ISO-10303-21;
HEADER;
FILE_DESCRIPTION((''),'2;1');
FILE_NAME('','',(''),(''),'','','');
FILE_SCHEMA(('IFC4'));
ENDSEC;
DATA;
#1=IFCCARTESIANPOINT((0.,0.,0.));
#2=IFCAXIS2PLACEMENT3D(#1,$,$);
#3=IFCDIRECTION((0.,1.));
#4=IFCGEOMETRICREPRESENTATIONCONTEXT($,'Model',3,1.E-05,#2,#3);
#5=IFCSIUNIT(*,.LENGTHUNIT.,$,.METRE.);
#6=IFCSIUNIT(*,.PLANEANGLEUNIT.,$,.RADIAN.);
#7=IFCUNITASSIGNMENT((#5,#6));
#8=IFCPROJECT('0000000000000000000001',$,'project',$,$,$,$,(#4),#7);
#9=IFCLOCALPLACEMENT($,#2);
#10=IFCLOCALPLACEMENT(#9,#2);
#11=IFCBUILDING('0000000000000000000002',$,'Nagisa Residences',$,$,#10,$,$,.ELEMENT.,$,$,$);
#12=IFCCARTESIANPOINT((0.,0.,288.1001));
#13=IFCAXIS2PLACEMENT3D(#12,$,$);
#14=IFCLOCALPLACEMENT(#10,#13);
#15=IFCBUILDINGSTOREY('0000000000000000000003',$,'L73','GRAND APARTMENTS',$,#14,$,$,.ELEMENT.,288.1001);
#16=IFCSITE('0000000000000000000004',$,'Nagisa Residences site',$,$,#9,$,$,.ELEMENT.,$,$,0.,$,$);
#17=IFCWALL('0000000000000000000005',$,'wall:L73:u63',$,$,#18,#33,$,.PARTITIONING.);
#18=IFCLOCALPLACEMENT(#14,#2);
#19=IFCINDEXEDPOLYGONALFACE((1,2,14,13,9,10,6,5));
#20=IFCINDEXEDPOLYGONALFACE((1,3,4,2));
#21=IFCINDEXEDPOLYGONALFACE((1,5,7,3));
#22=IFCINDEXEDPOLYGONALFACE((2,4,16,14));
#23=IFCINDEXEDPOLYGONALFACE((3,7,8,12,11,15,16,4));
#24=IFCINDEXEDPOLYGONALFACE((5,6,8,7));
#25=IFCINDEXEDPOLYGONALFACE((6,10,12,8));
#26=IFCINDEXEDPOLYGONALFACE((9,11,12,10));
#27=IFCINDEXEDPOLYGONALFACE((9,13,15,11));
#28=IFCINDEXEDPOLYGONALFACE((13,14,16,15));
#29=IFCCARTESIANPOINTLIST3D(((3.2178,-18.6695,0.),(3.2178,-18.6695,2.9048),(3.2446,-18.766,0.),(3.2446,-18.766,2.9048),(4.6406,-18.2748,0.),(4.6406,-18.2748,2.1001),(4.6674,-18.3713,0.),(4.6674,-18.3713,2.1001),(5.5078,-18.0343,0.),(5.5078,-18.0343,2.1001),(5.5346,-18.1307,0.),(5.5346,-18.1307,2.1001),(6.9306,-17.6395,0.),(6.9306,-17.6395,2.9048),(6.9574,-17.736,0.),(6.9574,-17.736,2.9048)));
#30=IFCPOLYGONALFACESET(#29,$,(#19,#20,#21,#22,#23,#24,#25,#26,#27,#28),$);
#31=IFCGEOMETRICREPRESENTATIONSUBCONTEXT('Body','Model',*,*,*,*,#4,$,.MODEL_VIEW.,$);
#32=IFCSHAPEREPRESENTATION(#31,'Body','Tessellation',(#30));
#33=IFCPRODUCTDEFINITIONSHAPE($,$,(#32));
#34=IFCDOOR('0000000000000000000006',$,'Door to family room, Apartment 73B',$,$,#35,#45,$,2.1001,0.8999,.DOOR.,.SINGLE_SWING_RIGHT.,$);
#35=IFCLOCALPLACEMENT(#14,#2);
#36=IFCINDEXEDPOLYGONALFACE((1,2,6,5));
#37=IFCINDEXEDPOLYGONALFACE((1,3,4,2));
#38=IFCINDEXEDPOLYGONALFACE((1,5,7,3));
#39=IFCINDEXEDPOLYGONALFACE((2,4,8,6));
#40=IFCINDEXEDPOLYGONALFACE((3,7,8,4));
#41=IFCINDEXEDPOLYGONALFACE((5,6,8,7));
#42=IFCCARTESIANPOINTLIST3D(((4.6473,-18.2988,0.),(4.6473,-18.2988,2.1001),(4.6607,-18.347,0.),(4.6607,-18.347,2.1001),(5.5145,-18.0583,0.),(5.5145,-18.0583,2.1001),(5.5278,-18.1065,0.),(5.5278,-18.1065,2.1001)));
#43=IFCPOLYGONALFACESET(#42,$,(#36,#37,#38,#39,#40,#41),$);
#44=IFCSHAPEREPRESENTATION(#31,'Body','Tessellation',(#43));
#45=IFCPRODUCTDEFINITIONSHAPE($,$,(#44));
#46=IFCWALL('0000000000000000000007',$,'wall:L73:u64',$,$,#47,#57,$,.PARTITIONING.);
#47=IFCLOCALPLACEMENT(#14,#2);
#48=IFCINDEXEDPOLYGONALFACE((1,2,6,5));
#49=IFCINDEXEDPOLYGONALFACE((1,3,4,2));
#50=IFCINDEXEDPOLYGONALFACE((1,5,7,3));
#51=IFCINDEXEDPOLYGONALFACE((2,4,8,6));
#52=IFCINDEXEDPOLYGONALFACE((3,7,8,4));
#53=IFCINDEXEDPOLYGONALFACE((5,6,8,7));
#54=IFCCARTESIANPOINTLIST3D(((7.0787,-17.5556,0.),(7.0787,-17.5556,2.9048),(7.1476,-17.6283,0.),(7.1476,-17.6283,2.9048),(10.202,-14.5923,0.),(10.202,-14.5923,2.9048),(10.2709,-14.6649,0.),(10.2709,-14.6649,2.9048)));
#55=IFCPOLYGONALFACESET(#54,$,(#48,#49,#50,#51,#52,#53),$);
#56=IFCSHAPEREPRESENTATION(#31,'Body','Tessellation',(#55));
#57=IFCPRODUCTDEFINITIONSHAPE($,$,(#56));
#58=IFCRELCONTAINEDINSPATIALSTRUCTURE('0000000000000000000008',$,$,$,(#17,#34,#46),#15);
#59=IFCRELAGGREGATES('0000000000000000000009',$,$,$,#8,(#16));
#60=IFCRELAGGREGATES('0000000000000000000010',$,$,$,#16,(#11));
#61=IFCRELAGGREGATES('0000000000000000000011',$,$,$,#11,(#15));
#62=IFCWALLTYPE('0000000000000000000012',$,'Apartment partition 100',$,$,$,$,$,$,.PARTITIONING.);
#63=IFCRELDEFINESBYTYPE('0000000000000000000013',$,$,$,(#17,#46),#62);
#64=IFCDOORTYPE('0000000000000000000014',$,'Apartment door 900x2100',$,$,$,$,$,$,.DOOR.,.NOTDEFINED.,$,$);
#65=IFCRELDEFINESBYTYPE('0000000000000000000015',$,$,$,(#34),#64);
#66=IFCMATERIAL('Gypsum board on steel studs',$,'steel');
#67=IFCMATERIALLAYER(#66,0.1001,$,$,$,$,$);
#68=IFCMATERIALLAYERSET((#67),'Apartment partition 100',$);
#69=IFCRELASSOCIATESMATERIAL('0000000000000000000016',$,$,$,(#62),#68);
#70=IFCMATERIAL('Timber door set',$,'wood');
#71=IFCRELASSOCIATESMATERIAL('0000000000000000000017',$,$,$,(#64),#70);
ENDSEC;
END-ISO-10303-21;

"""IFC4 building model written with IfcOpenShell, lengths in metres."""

from ifc_helpers import new_model, si_unit, direction, frame, frame_2d, origin, place, context, subcontext, project, spatial, rectangle, extrude, material, layer, layer_set, type_object, element, fill, save


model = new_model("IFC4")

# Units and contexts
model_context = context("Model", 3, precision=1e-05, world=origin(), true_north=direction((0.0, 1.0)))
body_context = subcontext(model_context, "Body", "Model", "MODEL_VIEW")
ifc_project = project(units=[si_unit("LENGTHUNIT", "METRE"), si_unit("PLANEANGLEUNIT", "RADIAN")], contexts=[model_context])

# Site, building, storey
site_placement = place(None, origin())
site = spatial("IfcSite", under=ifc_project, at=site_placement, Name="Nagisa Residences site", CompositionType="ELEMENT", RefElevation=0.0)
building_placement = place(site_placement, origin())
building = spatial("IfcBuilding", under=site, at=building_placement, Name="Nagisa Residences", CompositionType="ELEMENT")
storey_placement = place(building_placement, frame((0.0, 0.0, 288.1001)))
storey = spatial("IfcBuildingStorey", under=building, at=storey_placement, Name="L73", Description="GRAND APARTMENTS", CompositionType="ELEMENT", Elevation=288.1001)

# Wall, opening, door
ifc_material_1 = material(Name="Gypsum board on steel studs", Category="steel")
ifc_layer_1 = layer(ifc_material_1, 0.1001)
ifc_layer_set_1 = layer_set([ifc_layer_1], Name="Apartment partition 100")
wall_type_1 = type_object("IfcWallType", Name="Apartment partition 100", PredefinedType="PARTITIONING", material=ifc_layer_set_1)
ifc_material_2 = material(Name="Timber door set", Category="wood")
door_type_1 = type_object("IfcDoorType", Name="Apartment door 900x2100", OperationType="NOTDEFINED", PredefinedType="DOOR", material=ifc_material_2)
wall_1_placement = place(storey_placement, frame((3.2312, -18.7178, 0.0), z_axis=(0.0, 0.0, 1.0), x_axis=(0.963607, 0.267324, 0.0)))
wall_1 = element("IfcWall", 1, at=wall_1_placement, inside=storey, type_object=wall_type_1, Name="wall:L73:u63", PredefinedType="PARTITIONING", context=body_context, shape_type="SweptSolid", body=[
    extrude(rectangle(XDim=3.853, YDim=0.1001, at=frame_2d((1.9265, 0.0))), origin(), (0.0, 0.0, 1.0), 2.9048),
])
opening_1_placement = place(wall_1_placement, frame((1.4766, 0.0, 0.0)))
opening_1 = element("IfcOpeningElement", 2, at=opening_1_placement, cuts=wall_1, PredefinedType="OPENING", context=body_context, shape_type="SweptSolid", body=[
    extrude(rectangle(XDim=0.8999, YDim=2.1001, at=frame_2d((0.45, 1.05))), frame((0.0, 0.0601, 0.0), z_axis=(0.0, -1.0, 0.0), x_axis=(1.0, 0.0, 0.0)), (0.0, 0.0, 1.0), 0.1201),
])
door_1_placement = place(opening_1_placement, frame((0.8999, 0.0, 0.0), x_axis=(-1.0, 0.0, 0.0)))
door_1 = element("IfcDoor", 3, at=door_1_placement, inside=storey, type_object=door_type_1, Name="Door to family room, Apartment 73B", OperationType="SINGLE_SWING_RIGHT", OverallHeight=2.1001, OverallWidth=0.8999, PredefinedType="DOOR", context=body_context, shape_type="SweptSolid", body=[
    extrude(rectangle(XDim=0.8999, YDim=2.1001, at=frame_2d((0.45, 1.05))), frame((0.0, 0.0249, 0.0), z_axis=(0.0, -1.0, 0.0), x_axis=(1.0, 0.0, 0.0)), (0.0, 0.0, 1.0), 0.05),
])
fill(opening_1, door_1)

# Wall
wall_2_placement = place(storey_placement, frame((7.113, -17.592, 0.0), z_axis=(0.0, 0.0, 1.0), x_axis=(0.725434, 0.688292, 0.0)))
element("IfcWall", 4, at=wall_2_placement, inside=storey, type_object=wall_type_1, Name="wall:L73:u64", PredefinedType="PARTITIONING", context=body_context, shape_type="SweptSolid", body=[
    extrude(rectangle(XDim=4.3054, YDim=0.1001, at=frame_2d((2.1528, 0.0))), origin(), (0.0, 0.0, 1.0), 2.9048),
])

save(model, "model.ifc")
